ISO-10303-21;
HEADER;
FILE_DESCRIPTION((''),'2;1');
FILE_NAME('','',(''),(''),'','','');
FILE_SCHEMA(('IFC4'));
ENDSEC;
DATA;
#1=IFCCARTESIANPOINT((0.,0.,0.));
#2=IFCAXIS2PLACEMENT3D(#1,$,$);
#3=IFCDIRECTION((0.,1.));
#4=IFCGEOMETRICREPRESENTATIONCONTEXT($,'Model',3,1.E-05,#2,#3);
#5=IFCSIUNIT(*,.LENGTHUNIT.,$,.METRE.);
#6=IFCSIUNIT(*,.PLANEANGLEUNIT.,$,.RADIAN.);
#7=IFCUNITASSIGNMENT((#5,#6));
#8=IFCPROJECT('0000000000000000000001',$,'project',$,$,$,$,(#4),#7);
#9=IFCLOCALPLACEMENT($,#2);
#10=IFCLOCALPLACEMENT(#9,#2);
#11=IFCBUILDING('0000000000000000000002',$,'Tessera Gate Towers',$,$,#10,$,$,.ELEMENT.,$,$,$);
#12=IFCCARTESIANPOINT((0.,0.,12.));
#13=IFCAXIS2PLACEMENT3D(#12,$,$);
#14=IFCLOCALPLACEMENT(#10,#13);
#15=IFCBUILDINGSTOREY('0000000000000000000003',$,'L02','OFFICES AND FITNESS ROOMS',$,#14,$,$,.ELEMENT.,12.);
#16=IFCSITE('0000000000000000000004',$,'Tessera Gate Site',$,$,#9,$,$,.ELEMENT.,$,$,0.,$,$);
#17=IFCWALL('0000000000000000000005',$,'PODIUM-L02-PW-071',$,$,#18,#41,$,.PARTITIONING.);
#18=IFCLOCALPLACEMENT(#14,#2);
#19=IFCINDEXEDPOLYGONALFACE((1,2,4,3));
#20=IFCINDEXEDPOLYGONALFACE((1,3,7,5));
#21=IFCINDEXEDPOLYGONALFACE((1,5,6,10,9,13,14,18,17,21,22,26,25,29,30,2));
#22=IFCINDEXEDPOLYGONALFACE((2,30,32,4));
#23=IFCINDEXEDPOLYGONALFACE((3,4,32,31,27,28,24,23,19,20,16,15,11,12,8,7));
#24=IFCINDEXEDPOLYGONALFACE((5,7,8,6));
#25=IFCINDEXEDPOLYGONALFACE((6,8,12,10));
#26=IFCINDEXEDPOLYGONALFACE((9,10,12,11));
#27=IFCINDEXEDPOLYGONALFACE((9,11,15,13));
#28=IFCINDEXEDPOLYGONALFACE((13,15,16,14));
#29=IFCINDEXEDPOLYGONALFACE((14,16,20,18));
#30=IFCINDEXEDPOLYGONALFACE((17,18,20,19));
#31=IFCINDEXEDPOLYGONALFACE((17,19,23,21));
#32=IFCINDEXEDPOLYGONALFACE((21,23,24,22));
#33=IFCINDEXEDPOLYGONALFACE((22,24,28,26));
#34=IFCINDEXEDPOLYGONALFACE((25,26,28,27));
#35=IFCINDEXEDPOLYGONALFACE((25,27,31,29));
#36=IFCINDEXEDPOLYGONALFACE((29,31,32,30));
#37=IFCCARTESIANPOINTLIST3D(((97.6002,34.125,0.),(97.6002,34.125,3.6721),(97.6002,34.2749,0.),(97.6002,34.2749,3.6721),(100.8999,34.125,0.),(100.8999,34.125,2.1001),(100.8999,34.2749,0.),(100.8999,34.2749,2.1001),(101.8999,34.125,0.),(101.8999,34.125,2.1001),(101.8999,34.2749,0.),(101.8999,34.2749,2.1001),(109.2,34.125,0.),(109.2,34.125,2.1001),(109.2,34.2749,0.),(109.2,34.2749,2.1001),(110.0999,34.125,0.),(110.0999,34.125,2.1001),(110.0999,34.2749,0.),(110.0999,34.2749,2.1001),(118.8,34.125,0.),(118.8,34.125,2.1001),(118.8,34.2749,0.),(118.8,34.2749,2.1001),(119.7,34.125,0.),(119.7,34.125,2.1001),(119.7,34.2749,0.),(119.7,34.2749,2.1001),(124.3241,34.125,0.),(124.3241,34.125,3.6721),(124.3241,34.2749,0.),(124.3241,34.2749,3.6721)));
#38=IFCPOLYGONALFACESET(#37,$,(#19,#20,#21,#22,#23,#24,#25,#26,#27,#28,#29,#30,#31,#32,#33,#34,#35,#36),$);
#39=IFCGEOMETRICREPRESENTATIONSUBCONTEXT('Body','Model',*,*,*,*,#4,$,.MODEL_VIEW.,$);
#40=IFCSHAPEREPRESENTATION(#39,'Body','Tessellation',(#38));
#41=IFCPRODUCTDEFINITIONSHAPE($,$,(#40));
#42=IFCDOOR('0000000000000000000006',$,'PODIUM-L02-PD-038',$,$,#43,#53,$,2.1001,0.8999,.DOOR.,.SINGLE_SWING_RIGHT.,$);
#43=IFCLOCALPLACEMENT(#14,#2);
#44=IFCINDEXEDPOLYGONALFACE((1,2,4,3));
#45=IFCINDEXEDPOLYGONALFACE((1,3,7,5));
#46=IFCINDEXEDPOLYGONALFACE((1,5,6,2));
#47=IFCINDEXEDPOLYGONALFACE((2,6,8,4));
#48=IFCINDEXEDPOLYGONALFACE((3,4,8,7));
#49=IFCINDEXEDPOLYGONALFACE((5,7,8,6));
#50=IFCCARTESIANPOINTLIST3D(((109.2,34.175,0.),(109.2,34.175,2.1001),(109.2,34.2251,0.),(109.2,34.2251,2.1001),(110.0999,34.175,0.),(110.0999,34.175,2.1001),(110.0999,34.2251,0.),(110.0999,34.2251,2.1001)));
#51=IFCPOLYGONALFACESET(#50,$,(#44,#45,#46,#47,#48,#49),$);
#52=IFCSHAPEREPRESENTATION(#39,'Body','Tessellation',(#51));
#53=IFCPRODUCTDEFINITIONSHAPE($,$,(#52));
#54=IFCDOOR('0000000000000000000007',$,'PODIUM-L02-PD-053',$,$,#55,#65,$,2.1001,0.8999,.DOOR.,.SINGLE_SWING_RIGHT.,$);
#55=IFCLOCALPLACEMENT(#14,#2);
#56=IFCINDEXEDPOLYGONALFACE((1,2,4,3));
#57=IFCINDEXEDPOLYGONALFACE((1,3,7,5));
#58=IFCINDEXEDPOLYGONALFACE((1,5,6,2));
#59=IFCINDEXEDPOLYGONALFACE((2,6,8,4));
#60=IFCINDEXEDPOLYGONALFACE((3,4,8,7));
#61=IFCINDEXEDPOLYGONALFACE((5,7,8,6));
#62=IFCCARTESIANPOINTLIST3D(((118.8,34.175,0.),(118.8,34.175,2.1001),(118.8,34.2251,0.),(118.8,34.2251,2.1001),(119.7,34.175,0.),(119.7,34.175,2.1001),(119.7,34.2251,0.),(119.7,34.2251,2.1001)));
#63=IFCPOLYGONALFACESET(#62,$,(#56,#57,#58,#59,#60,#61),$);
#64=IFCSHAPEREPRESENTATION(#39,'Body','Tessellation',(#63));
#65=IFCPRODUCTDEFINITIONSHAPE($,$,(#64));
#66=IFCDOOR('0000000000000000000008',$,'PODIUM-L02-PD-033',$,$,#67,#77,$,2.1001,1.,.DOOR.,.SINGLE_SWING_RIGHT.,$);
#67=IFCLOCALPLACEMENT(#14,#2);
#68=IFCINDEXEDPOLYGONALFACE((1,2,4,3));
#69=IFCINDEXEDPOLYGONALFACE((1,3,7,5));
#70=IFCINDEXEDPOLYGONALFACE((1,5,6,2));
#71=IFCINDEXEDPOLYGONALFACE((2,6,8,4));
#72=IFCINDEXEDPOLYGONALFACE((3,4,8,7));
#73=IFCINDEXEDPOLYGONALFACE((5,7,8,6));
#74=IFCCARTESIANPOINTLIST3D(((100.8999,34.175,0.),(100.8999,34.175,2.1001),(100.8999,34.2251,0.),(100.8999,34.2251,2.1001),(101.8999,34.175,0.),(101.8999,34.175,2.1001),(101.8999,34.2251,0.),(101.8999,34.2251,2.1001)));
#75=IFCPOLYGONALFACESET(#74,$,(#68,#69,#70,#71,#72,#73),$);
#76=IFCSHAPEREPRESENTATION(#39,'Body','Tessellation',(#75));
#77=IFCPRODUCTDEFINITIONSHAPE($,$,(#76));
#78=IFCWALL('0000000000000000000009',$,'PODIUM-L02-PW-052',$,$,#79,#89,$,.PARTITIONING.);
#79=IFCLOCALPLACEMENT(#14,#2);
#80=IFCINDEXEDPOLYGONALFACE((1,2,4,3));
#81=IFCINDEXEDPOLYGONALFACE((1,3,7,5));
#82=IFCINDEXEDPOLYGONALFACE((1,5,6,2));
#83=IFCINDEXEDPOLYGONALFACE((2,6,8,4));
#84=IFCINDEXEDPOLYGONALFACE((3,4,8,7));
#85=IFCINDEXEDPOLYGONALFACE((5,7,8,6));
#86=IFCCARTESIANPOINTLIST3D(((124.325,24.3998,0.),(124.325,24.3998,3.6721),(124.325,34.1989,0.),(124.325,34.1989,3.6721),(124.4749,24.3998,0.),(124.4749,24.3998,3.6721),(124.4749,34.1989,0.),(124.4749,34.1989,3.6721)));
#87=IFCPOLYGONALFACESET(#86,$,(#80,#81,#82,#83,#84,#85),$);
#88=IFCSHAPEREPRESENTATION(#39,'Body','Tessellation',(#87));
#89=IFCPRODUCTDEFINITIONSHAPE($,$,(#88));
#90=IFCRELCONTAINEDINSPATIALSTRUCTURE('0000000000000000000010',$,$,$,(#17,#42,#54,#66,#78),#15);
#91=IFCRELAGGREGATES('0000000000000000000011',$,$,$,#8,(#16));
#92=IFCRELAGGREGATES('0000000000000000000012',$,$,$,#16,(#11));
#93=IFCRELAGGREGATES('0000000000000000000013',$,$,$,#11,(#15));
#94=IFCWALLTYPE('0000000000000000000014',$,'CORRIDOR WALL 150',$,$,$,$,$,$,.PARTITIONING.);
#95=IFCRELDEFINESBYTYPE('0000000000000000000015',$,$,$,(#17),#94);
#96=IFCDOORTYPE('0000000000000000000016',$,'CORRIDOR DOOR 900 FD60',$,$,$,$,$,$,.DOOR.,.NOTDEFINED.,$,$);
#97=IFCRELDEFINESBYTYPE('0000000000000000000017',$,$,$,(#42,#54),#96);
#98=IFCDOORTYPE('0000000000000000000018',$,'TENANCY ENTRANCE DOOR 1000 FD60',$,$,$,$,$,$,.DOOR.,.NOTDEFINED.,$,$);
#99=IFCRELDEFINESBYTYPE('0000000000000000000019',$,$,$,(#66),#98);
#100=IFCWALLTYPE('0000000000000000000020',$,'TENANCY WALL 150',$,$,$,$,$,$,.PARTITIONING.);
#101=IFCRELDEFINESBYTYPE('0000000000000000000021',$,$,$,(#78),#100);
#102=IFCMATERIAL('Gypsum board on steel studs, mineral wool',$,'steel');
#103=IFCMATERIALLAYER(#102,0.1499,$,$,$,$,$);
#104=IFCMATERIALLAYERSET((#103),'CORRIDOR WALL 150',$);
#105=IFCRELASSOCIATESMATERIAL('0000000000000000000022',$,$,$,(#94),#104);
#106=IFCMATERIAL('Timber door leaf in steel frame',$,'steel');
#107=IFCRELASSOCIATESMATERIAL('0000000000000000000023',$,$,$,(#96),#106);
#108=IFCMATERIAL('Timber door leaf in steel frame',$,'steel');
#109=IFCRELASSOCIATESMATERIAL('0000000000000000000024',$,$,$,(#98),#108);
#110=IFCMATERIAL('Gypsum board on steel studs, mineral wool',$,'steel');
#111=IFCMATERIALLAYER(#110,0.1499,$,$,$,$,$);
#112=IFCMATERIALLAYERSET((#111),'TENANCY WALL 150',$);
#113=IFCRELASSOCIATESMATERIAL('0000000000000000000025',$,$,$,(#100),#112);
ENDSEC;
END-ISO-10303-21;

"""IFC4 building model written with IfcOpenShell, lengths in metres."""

from ifc_helpers import new_model, si_unit, direction, frame, frame_2d, origin, place, context, subcontext, project, spatial, rectangle, extrude, source, transform, mapped, material, layer, layer_set, type_object, element, fill, save


model = new_model("IFC4")

# Units and contexts
model_context = context("Model", 3, precision=1e-05, world=origin(), true_north=direction((0.0, 1.0)))
body_context = subcontext(model_context, "Body", "Model", "MODEL_VIEW")
ifc_project = project(units=[si_unit("LENGTHUNIT", "METRE"), si_unit("PLANEANGLEUNIT", "RADIAN")], contexts=[model_context])

# Site, building, storey
site_placement = place(None, origin())
site = spatial("IfcSite", under=ifc_project, at=site_placement, Name="Tessera Gate Site", CompositionType="ELEMENT", RefElevation=0.0)
building_placement = place(site_placement, origin())
building = spatial("IfcBuilding", under=site, at=building_placement, Name="Tessera Gate Towers", CompositionType="ELEMENT")
storey_placement = place(building_placement, frame((0.0, 0.0, 12.0)))
storey = spatial("IfcBuildingStorey", under=building, at=storey_placement, Name="L02", Description="OFFICES AND FITNESS ROOMS", CompositionType="ELEMENT", Elevation=12.0)

# Wall, openings, doors
ifc_material_1 = material(Name="Gypsum board on steel studs, mineral wool", Category="steel")
ifc_layer_1 = layer(ifc_material_1, 0.1499)
ifc_layer_set_1 = layer_set([ifc_layer_1], Name="CORRIDOR WALL 150")
wall_type_1 = type_object("IfcWallType", Name="CORRIDOR WALL 150", PredefinedType="PARTITIONING", material=ifc_layer_set_1)
wall_1_placement = place(storey_placement, frame((124.324, 34.2, 0.0), z_axis=(0.0, 0.0, 1.0), x_axis=(-1.0, 0.0, 0.0)))
wall_1 = element("IfcWall", 1, at=wall_1_placement, inside=storey, type_object=wall_type_1, Name="PODIUM-L02-PW-071", PredefinedType="PARTITIONING", context=body_context, shape_type="SweptSolid", body=[
    extrude(rectangle(XDim=26.7239, YDim=0.1499, at=frame_2d((13.3618, 0.0))), origin(), (0.0, 0.0, 1.0), 3.6721),
])
shared_shape_1 = source(origin(), body_context, "Body", "SweptSolid", [
    extrude(rectangle(XDim=1.0, YDim=2.1001, at=frame_2d((0.5, 1.05))), frame((0.0, 0.085, 0.0), z_axis=(0.0, -1.0, 0.0), x_axis=(1.0, 0.0, 0.0)), (0.0, 0.0, 1.0), 0.1699),
])
opening_1_placement = place(wall_1_placement, frame((22.4241, 0.0, 0.0)))
opening_1 = element("IfcOpeningElement", 2, at=opening_1_placement, cuts=wall_1, PredefinedType="OPENING", context=body_context, shape_type="MappedRepresentation", body=[
    mapped(shared_shape_1, transform((0.0, 0.0, 0.0), scale=1.0)),
])
shared_shape_2 = source(origin(), body_context, "Body", "SweptSolid", [
    extrude(rectangle(XDim=0.8999, YDim=2.1001, at=frame_2d((0.45, 1.05))), frame((0.0, 0.085, 0.0), z_axis=(0.0, -1.0, 0.0), x_axis=(1.0, 0.0, 0.0)), (0.0, 0.0, 1.0), 0.1699),
])
opening_2_placement = place(wall_1_placement, frame((14.2241, 0.0, 0.0)))
opening_2 = element("IfcOpeningElement", 3, at=opening_2_placement, cuts=wall_1, PredefinedType="OPENING", context=body_context, shape_type="MappedRepresentation", body=[
    mapped(shared_shape_2, transform((0.0, 0.0, 0.0), scale=1.0)),
])
opening_3_placement = place(wall_1_placement, frame((4.624, 0.0, 0.0)))
opening_3 = element("IfcOpeningElement", 4, at=opening_3_placement, cuts=wall_1, PredefinedType="OPENING", context=body_context, shape_type="MappedRepresentation", body=[
    mapped(shared_shape_2, transform((0.0, 0.0, 0.0), scale=1.0)),
])
ifc_material_2 = material(Name="Timber door leaf in steel frame", Category="steel")
door_type_1 = type_object("IfcDoorType", Name="CORRIDOR DOOR 900 FD60", OperationType="NOTDEFINED", PredefinedType="DOOR", material=ifc_material_2)
shared_shape_3 = source(origin(), body_context, "Body", "SweptSolid", [
    extrude(rectangle(XDim=0.8999, YDim=2.1001, at=frame_2d((0.45, 1.05))), frame((0.0, 0.0249, 0.0), z_axis=(0.0, -1.0, 0.0), x_axis=(1.0, 0.0, 0.0)), (0.0, 0.0, 1.0), 0.05),
])
door_1_placement = place(opening_2_placement, origin())
door_1 = element("IfcDoor", 5, at=door_1_placement, inside=storey, type_object=door_type_1, Name="PODIUM-L02-PD-038", OperationType="SINGLE_SWING_RIGHT", OverallHeight=2.1001, OverallWidth=0.8999, PredefinedType="DOOR", context=body_context, shape_type="MappedRepresentation", body=[
    mapped(shared_shape_3, transform((0.0, 0.0, 0.0), scale=1.0)),
])
fill(opening_2, door_1)
door_2_placement = place(opening_3_placement, origin())
door_2 = element("IfcDoor", 6, at=door_2_placement, inside=storey, type_object=door_type_1, Name="PODIUM-L02-PD-053", OperationType="SINGLE_SWING_RIGHT", OverallHeight=2.1001, OverallWidth=0.8999, PredefinedType="DOOR", context=body_context, shape_type="MappedRepresentation", body=[
    mapped(shared_shape_3, transform((0.0, 0.0, 0.0), scale=1.0)),
])
fill(opening_3, door_2)
ifc_material_3 = material(Name="Timber door leaf in steel frame", Category="steel")
door_type_2 = type_object("IfcDoorType", Name="TENANCY ENTRANCE DOOR 1000 FD60", OperationType="NOTDEFINED", PredefinedType="DOOR", material=ifc_material_3)
shared_shape_4 = source(origin(), body_context, "Body", "SweptSolid", [
    extrude(rectangle(XDim=1.0, YDim=2.1001, at=frame_2d((0.5, 1.05))), frame((0.0, 0.0249, 0.0), z_axis=(0.0, -1.0, 0.0), x_axis=(1.0, 0.0, 0.0)), (0.0, 0.0, 1.0), 0.05),
])
door_3_placement = place(opening_1_placement, origin())
door_3 = element("IfcDoor", 7, at=door_3_placement, inside=storey, type_object=door_type_2, Name="PODIUM-L02-PD-033", OperationType="SINGLE_SWING_RIGHT", OverallHeight=2.1001, OverallWidth=1.0, PredefinedType="DOOR", context=body_context, shape_type="MappedRepresentation", body=[
    mapped(shared_shape_4, transform((0.0, 0.0, 0.0), scale=1.0)),
])
fill(opening_1, door_3)

# Wall
ifc_material_4 = material(Name="Gypsum board on steel studs, mineral wool", Category="steel")
ifc_layer_2 = layer(ifc_material_4, 0.1499)
ifc_layer_set_2 = layer_set([ifc_layer_2], Name="TENANCY WALL 150")
wall_type_2 = type_object("IfcWallType", Name="TENANCY WALL 150", PredefinedType="PARTITIONING", material=ifc_layer_set_2)
wall_2_placement = place(storey_placement, frame((124.3999, 24.3999, 0.0), z_axis=(0.0, 0.0, 1.0), x_axis=(0.0, 1.0, 0.0)))
element("IfcWall", 8, at=wall_2_placement, inside=storey, type_object=wall_type_2, Name="PODIUM-L02-PW-052", PredefinedType="PARTITIONING", context=body_context, shape_type="SweptSolid", body=[
    extrude(rectangle(XDim=9.7991, YDim=0.1499, at=frame_2d((4.8994, 0.0))), origin(), (0.0, 0.0, 1.0), 3.6721),
])

save(model, "model.ifc")
